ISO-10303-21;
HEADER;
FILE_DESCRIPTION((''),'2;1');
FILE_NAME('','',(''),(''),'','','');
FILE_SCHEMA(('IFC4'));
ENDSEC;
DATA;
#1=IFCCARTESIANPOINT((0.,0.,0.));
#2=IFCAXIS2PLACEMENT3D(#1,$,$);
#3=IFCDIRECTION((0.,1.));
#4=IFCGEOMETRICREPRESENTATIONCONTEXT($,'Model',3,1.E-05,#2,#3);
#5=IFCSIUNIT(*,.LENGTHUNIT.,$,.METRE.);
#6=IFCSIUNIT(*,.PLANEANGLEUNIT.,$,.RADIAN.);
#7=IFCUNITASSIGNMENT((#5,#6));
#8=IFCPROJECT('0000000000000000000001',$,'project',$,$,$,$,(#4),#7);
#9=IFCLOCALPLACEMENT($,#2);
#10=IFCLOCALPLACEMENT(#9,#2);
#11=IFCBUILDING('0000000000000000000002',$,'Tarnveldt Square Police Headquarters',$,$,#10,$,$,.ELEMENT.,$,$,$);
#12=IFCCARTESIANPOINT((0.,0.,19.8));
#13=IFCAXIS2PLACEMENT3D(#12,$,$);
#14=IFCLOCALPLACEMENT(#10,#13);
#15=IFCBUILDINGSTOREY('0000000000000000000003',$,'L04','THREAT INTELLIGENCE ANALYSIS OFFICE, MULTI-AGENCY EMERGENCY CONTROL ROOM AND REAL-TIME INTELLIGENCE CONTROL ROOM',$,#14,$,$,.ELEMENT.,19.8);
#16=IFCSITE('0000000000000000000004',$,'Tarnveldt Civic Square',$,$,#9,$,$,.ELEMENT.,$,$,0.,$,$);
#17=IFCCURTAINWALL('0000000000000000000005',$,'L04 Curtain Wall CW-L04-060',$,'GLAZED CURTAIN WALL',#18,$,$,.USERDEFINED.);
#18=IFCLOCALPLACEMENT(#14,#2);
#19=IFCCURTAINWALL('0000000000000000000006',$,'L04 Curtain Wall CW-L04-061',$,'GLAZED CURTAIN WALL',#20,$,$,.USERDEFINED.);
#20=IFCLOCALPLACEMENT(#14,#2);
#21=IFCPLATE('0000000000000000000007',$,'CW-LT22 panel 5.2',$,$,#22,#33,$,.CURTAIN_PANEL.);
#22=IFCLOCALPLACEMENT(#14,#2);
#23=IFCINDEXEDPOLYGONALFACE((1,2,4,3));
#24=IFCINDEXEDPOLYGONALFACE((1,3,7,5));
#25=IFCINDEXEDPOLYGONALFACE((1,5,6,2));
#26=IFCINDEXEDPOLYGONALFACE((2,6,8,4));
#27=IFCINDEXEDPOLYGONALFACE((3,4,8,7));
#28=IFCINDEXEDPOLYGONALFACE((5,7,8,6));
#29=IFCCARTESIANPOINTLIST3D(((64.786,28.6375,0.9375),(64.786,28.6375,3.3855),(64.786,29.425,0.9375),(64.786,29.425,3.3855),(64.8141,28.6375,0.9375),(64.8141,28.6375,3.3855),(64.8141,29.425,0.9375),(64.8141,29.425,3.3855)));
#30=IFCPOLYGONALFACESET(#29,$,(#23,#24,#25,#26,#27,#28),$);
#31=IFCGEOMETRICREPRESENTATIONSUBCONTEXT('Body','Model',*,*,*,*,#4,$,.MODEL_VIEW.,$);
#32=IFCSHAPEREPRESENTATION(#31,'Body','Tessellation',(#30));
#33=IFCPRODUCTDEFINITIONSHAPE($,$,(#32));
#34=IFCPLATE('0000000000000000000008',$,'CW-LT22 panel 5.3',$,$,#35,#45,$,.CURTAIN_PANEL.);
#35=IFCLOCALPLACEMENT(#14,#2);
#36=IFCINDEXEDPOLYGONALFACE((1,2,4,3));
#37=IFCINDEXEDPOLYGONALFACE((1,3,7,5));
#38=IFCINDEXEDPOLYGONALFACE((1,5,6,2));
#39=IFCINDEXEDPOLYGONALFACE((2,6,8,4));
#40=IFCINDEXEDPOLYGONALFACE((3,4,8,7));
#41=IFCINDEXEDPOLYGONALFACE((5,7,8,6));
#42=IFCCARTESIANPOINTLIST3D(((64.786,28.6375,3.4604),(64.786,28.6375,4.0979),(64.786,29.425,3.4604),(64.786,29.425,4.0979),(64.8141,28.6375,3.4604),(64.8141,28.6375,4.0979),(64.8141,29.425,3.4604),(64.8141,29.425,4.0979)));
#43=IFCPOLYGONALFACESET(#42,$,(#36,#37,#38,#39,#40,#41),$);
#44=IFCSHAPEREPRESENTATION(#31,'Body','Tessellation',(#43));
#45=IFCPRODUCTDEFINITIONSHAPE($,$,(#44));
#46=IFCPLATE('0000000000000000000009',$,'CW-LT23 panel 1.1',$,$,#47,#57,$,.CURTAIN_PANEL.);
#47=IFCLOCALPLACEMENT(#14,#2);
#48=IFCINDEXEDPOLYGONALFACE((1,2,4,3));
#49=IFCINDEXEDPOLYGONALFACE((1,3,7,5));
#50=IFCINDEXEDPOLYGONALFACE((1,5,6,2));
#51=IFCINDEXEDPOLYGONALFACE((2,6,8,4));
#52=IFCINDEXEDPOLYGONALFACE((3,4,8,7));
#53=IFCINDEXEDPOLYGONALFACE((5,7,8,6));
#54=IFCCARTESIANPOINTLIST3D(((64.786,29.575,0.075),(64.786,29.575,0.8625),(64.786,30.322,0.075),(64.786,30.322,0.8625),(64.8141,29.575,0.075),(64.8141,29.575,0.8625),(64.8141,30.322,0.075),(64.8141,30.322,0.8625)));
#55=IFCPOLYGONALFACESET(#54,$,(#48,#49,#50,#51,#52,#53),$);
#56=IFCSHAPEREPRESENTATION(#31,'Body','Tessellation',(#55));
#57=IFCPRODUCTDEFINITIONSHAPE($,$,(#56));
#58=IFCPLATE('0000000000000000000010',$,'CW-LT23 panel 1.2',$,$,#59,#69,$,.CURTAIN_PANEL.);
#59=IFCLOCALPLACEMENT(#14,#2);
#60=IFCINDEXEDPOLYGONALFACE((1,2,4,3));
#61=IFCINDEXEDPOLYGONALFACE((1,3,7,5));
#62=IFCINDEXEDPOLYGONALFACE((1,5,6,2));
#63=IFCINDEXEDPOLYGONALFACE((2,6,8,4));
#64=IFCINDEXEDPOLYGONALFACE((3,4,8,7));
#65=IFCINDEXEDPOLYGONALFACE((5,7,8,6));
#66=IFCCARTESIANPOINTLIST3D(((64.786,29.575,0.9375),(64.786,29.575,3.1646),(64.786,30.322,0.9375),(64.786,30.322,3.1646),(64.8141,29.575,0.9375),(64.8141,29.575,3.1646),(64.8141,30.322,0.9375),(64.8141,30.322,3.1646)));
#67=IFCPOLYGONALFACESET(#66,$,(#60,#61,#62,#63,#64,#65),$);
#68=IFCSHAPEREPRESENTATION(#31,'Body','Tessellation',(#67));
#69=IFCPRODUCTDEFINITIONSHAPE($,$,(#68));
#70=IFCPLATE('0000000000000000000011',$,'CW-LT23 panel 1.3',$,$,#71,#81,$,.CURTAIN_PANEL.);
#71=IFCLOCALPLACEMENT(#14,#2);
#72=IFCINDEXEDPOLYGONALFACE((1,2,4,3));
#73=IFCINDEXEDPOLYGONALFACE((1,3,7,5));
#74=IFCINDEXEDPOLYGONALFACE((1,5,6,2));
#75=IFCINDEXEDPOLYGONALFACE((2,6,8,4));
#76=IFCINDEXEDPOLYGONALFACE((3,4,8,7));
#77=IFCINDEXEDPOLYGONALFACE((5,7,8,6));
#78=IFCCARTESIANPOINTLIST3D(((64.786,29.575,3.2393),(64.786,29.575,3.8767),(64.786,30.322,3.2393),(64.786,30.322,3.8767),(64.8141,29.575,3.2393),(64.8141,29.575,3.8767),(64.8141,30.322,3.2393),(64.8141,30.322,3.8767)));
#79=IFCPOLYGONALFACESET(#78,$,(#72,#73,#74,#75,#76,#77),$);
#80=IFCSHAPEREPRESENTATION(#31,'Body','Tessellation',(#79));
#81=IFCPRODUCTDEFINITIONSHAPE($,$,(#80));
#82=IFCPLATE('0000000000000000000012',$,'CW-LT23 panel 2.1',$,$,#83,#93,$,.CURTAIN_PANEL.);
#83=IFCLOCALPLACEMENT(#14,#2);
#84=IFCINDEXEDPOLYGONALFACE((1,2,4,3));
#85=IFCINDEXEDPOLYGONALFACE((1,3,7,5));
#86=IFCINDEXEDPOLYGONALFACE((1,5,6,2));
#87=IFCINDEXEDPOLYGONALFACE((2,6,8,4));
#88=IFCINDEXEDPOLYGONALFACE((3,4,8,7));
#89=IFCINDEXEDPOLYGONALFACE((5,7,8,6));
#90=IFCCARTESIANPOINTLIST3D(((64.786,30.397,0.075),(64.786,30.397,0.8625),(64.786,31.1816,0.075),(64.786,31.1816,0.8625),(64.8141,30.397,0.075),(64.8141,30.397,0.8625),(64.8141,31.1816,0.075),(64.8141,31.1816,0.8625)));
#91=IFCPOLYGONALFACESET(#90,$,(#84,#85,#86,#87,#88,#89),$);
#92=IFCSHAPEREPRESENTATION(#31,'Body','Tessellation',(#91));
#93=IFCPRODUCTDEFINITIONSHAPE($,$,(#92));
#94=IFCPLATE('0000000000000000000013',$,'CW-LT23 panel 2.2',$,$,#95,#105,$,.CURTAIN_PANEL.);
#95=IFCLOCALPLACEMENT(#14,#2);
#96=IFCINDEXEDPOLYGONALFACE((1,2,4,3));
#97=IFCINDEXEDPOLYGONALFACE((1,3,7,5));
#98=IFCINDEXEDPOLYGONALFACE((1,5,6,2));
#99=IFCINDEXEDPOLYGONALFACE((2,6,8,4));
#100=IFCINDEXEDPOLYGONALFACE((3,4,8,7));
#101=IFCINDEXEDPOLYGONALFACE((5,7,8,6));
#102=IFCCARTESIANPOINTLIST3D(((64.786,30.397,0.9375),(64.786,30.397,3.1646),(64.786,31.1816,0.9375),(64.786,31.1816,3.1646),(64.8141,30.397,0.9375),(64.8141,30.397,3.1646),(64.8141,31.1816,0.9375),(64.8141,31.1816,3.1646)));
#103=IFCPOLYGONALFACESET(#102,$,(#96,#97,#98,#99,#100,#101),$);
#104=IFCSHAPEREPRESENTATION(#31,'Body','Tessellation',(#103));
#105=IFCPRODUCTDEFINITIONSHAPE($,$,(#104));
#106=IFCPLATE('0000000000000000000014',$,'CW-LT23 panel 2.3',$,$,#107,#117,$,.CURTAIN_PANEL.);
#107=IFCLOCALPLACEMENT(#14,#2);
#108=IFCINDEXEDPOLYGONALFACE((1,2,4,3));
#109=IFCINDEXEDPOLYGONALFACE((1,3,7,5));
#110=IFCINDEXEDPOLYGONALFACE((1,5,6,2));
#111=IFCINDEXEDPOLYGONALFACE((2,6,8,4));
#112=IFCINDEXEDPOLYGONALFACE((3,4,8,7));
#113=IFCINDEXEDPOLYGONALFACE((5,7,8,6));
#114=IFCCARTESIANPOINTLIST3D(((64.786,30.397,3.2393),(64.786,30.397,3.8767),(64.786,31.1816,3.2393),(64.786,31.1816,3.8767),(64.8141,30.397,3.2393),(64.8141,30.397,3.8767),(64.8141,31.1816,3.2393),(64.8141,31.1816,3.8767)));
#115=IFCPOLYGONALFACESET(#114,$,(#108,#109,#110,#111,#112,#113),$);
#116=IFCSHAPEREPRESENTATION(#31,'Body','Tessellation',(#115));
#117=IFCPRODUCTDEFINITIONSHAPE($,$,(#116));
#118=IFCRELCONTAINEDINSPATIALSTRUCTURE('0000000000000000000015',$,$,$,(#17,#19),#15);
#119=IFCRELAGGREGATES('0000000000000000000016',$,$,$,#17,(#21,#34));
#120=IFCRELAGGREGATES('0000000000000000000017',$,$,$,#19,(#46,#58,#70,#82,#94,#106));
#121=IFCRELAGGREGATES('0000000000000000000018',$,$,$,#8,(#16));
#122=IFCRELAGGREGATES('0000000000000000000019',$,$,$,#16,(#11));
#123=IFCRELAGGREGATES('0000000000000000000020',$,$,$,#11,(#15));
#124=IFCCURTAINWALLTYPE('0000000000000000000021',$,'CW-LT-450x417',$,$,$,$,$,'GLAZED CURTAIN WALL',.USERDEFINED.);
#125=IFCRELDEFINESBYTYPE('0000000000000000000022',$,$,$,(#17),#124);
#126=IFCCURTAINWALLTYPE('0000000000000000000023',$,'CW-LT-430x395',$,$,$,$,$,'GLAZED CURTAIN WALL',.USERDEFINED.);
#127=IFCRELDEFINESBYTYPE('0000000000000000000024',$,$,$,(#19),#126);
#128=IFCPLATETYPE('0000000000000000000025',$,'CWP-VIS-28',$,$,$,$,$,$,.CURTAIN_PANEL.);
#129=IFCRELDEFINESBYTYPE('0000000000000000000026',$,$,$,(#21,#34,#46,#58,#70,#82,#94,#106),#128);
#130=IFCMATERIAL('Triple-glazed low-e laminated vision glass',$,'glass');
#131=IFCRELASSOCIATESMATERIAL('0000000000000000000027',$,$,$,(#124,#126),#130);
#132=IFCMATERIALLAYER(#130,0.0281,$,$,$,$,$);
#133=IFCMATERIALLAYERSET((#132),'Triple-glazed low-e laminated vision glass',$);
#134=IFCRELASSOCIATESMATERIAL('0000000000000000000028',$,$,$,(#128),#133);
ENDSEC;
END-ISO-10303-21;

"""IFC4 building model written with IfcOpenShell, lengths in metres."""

from ifc_helpers import new_model, si_unit, direction, frame, origin, origin_2d, place, context, subcontext, project, spatial, rectangle, extrude, material, layer, layer_set, type_object, element, aggregate, save


model = new_model("IFC4")

# Units and contexts
model_context = context("Model", 3, precision=1e-05, world=origin(), true_north=direction((0.0, 1.0)))
body_context = subcontext(model_context, "Body", "Model", "MODEL_VIEW")
ifc_project = project(units=[si_unit("LENGTHUNIT", "METRE"), si_unit("PLANEANGLEUNIT", "RADIAN")], contexts=[model_context])

# Site, building, storey
site_placement = place(None, origin())
site = spatial("IfcSite", under=ifc_project, at=site_placement, Name="Tarnveldt Civic Square", CompositionType="ELEMENT", RefElevation=0.0)
building_placement = place(site_placement, origin())
building = spatial("IfcBuilding", under=site, at=building_placement, Name="Tarnveldt Square Police Headquarters", CompositionType="ELEMENT")
storey_placement = place(building_placement, frame((0.0, 0.0, 19.8)))
storey = spatial("IfcBuildingStorey", under=building, at=storey_placement, Name="L04", Description="THREAT INTELLIGENCE ANALYSIS OFFICE, MULTI-AGENCY EMERGENCY CONTROL ROOM AND REAL-TIME INTELLIGENCE CONTROL ROOM", CompositionType="ELEMENT", Elevation=19.8)

# Curtain walls
ifc_material_1 = material(Name="Triple-glazed low-e laminated vision glass", Category="glass")
curtain_wall_type_1 = type_object("IfcCurtainWallType", Name="CW-LT-450x417", ElementType="GLAZED CURTAIN WALL", PredefinedType="USERDEFINED", material=ifc_material_1)
curtain_wall_1_placement = place(storey_placement, origin())
curtain_wall_1 = element("IfcCurtainWall", 1, at=curtain_wall_1_placement, inside=storey, type_object=curtain_wall_type_1, Name="L04 Curtain Wall CW-L04-060", ObjectType="GLAZED CURTAIN WALL", PredefinedType="USERDEFINED")
curtain_wall_type_2 = type_object("IfcCurtainWallType", Name="CW-LT-430x395", ElementType="GLAZED CURTAIN WALL", PredefinedType="USERDEFINED", material=ifc_material_1)
curtain_wall_2_placement = place(storey_placement, origin())
curtain_wall_2 = element("IfcCurtainWall", 2, at=curtain_wall_2_placement, inside=storey, type_object=curtain_wall_type_2, Name="L04 Curtain Wall CW-L04-061", ObjectType="GLAZED CURTAIN WALL", PredefinedType="USERDEFINED")

# Plates
ifc_layer = layer(ifc_material_1, 0.0281)
ifc_layer_set = layer_set([ifc_layer], Name="Triple-glazed low-e laminated vision glass")
plate_type = type_object("IfcPlateType", Name="CWP-VIS-28", PredefinedType="CURTAIN_PANEL", material=ifc_layer_set)
plate_1_placement = place(storey_placement, frame((64.8, 29.0312, 0.9375), z_axis=(0.0, 0.0, 1.0), x_axis=(0.0, 1.0, 0.0)))
plate_1 = element("IfcPlate", 3, at=plate_1_placement, type_object=plate_type, Name="CW-LT22 panel 5.2", PredefinedType="CURTAIN_PANEL", context=body_context, shape_type="SweptSolid", body=[
    extrude(rectangle(XDim=0.7876, YDim=0.0281, at=origin_2d()), origin(), (0.0, 0.0, 1.0), 2.448),
])
plate_2_placement = place(storey_placement, frame((64.8, 29.0312, 3.4604), z_axis=(0.0, 0.0, 1.0), x_axis=(0.0, 1.0, 0.0)))
plate_2 = element("IfcPlate", 4, at=plate_2_placement, type_object=plate_type, Name="CW-LT22 panel 5.3", PredefinedType="CURTAIN_PANEL", context=body_context, shape_type="SweptSolid", body=[
    extrude(rectangle(XDim=0.7876, YDim=0.0281, at=origin_2d()), origin(), (0.0, 0.0, 1.0), 0.6375),
])
aggregate(curtain_wall_1, [plate_1, plate_2])
plate_3_placement = place(storey_placement, frame((64.8, 29.9485, 0.075), z_axis=(0.0, 0.0, 1.0), x_axis=(0.0, 1.0, 0.0)))
plate_3 = element("IfcPlate", 5, at=plate_3_placement, type_object=plate_type, Name="CW-LT23 panel 1.1", PredefinedType="CURTAIN_PANEL", context=body_context, shape_type="SweptSolid", body=[
    extrude(rectangle(XDim=0.7471, YDim=0.0281, at=origin_2d()), origin(), (0.0, 0.0, 1.0), 0.7876),
])
plate_4_placement = place(storey_placement, frame((64.8, 29.9485, 0.9375), z_axis=(0.0, 0.0, 1.0), x_axis=(0.0, 1.0, 0.0)))
plate_4 = element("IfcPlate", 6, at=plate_4_placement, type_object=plate_type, Name="CW-LT23 panel 1.2", PredefinedType="CURTAIN_PANEL", context=body_context, shape_type="SweptSolid", body=[
    extrude(rectangle(XDim=0.7471, YDim=0.0281, at=origin_2d()), origin(), (0.0, 0.0, 1.0), 2.2271),
])
plate_5_placement = place(storey_placement, frame((64.8, 29.9485, 3.2393), z_axis=(0.0, 0.0, 1.0), x_axis=(0.0, 1.0, 0.0)))
plate_5 = element("IfcPlate", 7, at=plate_5_placement, type_object=plate_type, Name="CW-LT23 panel 1.3", PredefinedType="CURTAIN_PANEL", context=body_context, shape_type="SweptSolid", body=[
    extrude(rectangle(XDim=0.7471, YDim=0.0281, at=origin_2d()), origin(), (0.0, 0.0, 1.0), 0.6375),
])
plate_6_placement = place(storey_placement, frame((64.8, 30.7893, 0.075), z_axis=(0.0, 0.0, 1.0), x_axis=(0.0, 1.0, 0.0)))
plate_6 = element("IfcPlate", 8, at=plate_6_placement, type_object=plate_type, Name="CW-LT23 panel 2.1", PredefinedType="CURTAIN_PANEL", context=body_context, shape_type="SweptSolid", body=[
    extrude(rectangle(XDim=0.7847, YDim=0.0281, at=origin_2d()), origin(), (0.0, 0.0, 1.0), 0.7876),
])
plate_7_placement = place(storey_placement, frame((64.8, 30.7893, 0.9375), z_axis=(0.0, 0.0, 1.0), x_axis=(0.0, 1.0, 0.0)))
plate_7 = element("IfcPlate", 9, at=plate_7_placement, type_object=plate_type, Name="CW-LT23 panel 2.2", PredefinedType="CURTAIN_PANEL", context=body_context, shape_type="SweptSolid", body=[
    extrude(rectangle(XDim=0.7847, YDim=0.0281, at=origin_2d()), origin(), (0.0, 0.0, 1.0), 2.2271),
])
plate_8_placement = place(storey_placement, frame((64.8, 30.7893, 3.2393), z_axis=(0.0, 0.0, 1.0), x_axis=(0.0, 1.0, 0.0)))
plate_8 = element("IfcPlate", 10, at=plate_8_placement, type_object=plate_type, Name="CW-LT23 panel 2.3", PredefinedType="CURTAIN_PANEL", context=body_context, shape_type="SweptSolid", body=[
    extrude(rectangle(XDim=0.7847, YDim=0.0281, at=origin_2d()), origin(), (0.0, 0.0, 1.0), 0.6375),
])
aggregate(curtain_wall_2, [plate_3, plate_4, plate_5, plate_6, plate_7, plate_8])

save(model, "model.ifc")
